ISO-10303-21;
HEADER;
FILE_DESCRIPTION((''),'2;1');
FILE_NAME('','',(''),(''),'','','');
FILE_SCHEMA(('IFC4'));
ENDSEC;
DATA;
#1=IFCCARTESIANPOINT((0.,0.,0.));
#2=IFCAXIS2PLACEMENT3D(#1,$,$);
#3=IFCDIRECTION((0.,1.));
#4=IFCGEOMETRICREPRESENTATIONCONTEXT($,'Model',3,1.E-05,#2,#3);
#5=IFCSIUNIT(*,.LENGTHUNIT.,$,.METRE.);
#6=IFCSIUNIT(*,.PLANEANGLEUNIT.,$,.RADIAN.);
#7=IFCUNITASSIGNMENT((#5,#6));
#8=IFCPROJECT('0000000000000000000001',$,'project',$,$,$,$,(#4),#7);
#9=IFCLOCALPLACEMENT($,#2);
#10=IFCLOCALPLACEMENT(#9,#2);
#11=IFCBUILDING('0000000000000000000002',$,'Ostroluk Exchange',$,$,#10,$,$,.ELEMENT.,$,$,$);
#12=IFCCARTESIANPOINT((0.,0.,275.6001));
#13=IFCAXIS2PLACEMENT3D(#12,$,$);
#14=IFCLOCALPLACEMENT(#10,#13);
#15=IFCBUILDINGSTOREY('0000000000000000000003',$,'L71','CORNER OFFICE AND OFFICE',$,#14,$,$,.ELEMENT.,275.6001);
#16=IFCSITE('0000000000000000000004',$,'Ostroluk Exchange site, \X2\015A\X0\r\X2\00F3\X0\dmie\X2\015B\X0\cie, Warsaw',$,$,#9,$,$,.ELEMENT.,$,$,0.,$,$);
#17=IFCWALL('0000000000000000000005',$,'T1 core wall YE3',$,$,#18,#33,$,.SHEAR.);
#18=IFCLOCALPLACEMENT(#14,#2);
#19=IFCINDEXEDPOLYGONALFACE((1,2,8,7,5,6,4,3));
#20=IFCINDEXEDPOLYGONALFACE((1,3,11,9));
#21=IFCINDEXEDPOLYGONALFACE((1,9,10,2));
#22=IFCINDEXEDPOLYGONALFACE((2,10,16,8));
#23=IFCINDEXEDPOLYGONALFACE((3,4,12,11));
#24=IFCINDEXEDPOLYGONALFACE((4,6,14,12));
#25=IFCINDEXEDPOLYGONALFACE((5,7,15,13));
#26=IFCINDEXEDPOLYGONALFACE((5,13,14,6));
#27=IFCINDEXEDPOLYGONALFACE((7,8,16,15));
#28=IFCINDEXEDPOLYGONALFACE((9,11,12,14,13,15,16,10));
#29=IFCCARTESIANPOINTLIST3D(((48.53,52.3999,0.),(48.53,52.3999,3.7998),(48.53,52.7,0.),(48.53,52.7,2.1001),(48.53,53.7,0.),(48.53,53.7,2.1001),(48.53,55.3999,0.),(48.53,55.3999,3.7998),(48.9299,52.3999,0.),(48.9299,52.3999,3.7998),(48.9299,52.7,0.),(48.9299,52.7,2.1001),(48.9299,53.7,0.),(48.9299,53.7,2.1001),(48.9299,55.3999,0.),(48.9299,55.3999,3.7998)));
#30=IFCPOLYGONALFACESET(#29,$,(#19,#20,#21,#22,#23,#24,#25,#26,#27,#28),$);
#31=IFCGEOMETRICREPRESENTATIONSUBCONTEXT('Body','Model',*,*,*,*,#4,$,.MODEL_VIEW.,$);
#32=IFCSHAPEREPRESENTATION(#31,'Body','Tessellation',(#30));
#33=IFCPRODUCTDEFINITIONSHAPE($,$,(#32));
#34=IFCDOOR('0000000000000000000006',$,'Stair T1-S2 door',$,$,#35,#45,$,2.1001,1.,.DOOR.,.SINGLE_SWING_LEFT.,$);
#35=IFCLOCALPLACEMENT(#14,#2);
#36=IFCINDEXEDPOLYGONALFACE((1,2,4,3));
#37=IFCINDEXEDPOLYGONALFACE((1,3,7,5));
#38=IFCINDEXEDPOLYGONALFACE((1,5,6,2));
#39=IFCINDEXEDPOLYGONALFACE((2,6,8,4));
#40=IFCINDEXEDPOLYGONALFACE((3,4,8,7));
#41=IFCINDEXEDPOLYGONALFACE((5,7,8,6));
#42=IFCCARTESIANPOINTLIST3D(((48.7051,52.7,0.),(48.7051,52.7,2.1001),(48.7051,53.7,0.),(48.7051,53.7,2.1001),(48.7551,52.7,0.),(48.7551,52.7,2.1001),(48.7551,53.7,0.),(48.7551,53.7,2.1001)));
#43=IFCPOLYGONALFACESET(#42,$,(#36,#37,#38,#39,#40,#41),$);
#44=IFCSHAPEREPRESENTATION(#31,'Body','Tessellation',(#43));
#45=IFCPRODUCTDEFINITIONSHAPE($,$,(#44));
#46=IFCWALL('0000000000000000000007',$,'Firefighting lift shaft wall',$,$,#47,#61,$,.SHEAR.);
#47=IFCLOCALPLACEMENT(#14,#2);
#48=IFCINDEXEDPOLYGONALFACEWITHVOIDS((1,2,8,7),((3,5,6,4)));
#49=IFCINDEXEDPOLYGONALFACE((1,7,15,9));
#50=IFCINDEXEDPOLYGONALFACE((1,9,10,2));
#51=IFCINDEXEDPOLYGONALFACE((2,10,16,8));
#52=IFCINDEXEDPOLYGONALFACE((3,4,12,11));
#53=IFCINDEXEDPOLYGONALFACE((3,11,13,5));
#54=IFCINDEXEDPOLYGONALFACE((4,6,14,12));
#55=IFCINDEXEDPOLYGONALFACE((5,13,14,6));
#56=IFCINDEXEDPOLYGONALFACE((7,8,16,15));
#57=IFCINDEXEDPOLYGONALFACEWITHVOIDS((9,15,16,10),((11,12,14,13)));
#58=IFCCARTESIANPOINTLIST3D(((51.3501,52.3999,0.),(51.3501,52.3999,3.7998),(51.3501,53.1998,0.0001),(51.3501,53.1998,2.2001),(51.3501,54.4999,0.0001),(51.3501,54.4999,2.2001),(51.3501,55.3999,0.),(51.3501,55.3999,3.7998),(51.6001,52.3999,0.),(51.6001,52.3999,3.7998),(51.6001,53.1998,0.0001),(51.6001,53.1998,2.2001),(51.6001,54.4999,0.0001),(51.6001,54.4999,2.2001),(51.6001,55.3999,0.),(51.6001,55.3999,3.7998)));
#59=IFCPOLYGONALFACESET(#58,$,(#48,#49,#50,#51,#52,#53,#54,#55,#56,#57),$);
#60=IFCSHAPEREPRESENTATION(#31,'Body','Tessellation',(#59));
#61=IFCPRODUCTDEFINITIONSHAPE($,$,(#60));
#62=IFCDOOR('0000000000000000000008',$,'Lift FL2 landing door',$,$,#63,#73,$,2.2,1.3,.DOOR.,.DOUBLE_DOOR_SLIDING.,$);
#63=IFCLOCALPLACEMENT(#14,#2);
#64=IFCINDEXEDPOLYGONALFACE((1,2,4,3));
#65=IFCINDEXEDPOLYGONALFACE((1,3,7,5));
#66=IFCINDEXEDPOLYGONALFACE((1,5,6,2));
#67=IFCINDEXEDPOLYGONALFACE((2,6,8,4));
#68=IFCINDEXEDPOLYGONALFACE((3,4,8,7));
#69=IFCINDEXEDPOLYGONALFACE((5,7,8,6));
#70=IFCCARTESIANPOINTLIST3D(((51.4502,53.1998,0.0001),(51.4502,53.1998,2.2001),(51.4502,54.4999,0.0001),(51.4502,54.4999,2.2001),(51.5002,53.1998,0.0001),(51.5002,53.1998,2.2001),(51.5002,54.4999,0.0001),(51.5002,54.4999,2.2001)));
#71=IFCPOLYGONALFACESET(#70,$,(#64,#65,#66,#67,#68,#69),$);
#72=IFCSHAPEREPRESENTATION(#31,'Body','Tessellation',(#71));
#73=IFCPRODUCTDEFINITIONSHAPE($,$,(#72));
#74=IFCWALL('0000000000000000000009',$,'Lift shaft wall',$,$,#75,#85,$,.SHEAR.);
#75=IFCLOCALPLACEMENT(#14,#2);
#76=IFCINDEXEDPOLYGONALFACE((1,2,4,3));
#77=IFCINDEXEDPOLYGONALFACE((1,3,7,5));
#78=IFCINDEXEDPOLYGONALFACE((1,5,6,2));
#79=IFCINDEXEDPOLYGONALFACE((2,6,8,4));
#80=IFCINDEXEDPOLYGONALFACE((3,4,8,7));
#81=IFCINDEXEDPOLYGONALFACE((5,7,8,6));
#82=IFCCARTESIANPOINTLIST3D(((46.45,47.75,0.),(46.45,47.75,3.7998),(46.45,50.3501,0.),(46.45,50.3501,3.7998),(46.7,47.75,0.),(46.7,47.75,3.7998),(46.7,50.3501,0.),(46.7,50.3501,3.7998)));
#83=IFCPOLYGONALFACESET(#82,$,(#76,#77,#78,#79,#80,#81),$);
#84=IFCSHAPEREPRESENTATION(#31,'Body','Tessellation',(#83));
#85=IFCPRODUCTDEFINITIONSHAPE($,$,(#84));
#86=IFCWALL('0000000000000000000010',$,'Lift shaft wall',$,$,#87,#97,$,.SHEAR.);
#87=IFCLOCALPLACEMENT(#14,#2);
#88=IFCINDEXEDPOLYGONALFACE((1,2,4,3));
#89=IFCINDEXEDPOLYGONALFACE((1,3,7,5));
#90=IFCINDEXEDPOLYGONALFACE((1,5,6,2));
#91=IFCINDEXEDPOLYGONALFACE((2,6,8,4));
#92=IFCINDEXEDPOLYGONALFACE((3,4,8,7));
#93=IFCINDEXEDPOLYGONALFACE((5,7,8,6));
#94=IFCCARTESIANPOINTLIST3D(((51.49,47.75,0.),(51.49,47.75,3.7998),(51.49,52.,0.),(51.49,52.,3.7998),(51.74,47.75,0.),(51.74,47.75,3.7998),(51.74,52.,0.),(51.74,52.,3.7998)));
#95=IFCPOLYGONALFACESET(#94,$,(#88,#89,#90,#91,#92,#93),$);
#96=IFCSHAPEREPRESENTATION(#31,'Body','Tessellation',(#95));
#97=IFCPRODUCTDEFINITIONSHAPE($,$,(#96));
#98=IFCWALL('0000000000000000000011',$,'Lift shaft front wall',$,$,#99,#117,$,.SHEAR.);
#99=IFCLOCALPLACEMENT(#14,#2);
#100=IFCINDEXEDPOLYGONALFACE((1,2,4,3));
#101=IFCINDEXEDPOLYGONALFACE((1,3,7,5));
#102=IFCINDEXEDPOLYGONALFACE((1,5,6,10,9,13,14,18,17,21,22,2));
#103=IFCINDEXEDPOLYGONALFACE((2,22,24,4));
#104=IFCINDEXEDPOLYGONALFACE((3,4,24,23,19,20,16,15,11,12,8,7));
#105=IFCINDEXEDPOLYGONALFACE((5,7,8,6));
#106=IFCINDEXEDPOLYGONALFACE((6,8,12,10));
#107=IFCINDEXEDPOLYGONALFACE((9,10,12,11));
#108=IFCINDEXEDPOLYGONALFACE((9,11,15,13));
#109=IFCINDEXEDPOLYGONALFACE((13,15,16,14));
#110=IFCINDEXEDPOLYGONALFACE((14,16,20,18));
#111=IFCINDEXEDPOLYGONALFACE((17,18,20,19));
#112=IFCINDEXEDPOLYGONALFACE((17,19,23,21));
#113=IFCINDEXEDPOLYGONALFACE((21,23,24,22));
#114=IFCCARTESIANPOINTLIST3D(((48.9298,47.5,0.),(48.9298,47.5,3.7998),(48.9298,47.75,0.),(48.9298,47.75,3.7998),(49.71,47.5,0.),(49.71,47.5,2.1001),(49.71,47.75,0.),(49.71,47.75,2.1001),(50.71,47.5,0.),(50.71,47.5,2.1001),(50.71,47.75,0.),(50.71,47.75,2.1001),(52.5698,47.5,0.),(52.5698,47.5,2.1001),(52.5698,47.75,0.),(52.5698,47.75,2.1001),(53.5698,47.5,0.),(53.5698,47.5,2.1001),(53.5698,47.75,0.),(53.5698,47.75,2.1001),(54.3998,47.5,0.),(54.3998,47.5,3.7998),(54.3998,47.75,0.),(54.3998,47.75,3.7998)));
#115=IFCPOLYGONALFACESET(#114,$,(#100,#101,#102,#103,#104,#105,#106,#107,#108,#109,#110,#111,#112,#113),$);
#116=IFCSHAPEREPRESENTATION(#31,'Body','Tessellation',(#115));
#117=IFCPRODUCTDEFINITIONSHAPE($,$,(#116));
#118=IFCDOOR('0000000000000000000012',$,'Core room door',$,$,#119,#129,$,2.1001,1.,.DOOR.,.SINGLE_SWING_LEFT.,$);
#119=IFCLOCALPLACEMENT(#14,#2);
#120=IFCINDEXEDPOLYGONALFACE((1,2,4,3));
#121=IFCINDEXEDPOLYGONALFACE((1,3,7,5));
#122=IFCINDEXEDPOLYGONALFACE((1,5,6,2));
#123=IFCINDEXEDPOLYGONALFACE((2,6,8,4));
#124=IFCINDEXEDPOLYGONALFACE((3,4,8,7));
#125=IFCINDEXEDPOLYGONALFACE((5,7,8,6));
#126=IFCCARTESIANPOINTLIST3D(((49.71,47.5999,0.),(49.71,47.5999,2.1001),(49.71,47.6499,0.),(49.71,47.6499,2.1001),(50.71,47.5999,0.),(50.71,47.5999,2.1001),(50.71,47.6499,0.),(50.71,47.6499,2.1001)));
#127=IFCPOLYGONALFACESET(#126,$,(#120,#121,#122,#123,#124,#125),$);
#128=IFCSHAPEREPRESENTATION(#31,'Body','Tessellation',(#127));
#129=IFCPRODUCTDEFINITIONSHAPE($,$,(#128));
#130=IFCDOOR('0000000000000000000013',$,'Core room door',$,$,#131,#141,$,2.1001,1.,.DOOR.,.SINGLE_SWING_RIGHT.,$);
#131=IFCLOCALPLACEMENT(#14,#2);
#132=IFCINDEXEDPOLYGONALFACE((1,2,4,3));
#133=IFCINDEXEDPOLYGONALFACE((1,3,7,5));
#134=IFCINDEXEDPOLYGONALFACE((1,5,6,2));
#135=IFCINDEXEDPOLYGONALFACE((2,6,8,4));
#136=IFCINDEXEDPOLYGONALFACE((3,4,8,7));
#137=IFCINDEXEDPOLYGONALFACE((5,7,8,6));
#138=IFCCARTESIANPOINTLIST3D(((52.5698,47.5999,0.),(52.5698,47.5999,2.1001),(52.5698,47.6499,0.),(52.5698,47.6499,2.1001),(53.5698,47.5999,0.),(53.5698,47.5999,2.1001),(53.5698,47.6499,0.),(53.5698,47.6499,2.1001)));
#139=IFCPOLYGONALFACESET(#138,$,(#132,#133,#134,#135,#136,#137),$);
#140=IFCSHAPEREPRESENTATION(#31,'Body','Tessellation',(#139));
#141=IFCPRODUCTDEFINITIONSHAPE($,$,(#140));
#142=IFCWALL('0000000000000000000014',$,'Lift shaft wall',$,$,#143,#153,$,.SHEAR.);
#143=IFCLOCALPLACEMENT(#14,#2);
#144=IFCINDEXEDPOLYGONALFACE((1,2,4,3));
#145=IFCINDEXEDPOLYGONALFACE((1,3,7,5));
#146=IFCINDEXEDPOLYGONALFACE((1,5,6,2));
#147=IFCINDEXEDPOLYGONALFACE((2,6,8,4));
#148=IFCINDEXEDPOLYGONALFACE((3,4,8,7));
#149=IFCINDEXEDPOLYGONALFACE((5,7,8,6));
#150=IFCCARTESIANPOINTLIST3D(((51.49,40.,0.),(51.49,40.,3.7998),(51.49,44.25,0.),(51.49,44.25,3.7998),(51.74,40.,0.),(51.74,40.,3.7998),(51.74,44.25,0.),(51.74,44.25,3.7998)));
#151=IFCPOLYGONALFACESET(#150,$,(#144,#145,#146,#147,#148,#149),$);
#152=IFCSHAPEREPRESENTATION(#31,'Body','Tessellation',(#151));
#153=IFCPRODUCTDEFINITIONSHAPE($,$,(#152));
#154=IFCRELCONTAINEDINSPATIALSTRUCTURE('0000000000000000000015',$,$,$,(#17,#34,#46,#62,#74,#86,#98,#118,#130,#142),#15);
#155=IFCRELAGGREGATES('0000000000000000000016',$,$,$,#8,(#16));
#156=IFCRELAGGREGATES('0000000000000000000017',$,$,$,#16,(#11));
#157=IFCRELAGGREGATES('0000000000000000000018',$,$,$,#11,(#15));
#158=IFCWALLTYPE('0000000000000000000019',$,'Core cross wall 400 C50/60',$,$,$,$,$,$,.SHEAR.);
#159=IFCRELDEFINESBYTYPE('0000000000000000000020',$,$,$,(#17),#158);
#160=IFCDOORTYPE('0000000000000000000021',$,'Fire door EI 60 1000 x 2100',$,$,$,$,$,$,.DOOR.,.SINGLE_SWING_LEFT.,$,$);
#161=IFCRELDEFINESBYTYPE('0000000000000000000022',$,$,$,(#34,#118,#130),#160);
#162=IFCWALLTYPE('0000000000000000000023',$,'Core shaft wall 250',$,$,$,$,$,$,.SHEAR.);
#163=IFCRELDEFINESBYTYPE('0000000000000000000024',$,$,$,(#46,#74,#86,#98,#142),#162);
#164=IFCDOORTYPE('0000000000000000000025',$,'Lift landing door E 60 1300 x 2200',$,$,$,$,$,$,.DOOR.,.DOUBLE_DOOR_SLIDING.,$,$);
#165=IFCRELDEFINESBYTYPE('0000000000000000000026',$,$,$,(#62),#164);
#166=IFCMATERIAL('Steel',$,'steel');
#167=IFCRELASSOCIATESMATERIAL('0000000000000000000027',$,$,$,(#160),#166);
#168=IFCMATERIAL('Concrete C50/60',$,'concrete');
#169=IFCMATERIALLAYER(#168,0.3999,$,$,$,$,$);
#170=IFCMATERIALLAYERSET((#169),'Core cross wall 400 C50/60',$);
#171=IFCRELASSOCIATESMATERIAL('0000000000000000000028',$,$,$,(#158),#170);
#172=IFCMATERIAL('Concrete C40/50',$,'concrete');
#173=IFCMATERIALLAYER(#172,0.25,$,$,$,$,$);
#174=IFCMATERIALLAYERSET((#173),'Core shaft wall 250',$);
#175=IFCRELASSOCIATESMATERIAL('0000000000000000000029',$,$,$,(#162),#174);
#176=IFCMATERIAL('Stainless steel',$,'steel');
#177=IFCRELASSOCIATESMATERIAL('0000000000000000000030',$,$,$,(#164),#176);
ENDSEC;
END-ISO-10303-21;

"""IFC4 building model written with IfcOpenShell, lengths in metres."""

from ifc_helpers import new_model, si_unit, direction, frame, frame_2d, origin, place, context, subcontext, project, spatial, rectangle, extrude, material, layer, layer_set, type_object, element, fill, save


model = new_model("IFC4")

# Units and contexts
model_context = context("Model", 3, precision=1e-05, world=origin(), true_north=direction((0.0, 1.0)))
body_context = subcontext(model_context, "Body", "Model", "MODEL_VIEW")
ifc_project = project(units=[si_unit("LENGTHUNIT", "METRE"), si_unit("PLANEANGLEUNIT", "RADIAN")], contexts=[model_context])

# Site, building, storey
site_placement = place(None, origin())
site = spatial("IfcSite", under=ifc_project, at=site_placement, Name="Ostroluk Exchange site, Śródmieście, Warsaw", CompositionType="ELEMENT", RefElevation=0.0)
building_placement = place(site_placement, origin())
building = spatial("IfcBuilding", under=site, at=building_placement, Name="Ostroluk Exchange", CompositionType="ELEMENT")
storey_placement = place(building_placement, frame((0.0, 0.0, 275.6001)))
storey = spatial("IfcBuildingStorey", under=building, at=storey_placement, Name="L71", Description="CORNER OFFICE AND OFFICE", CompositionType="ELEMENT", Elevation=275.6001)

# Walls, openings, doors
ifc_material_1 = material(Name="Steel", Category="steel")
door_type_1 = type_object("IfcDoorType", Name="Fire door EI 60 1000 x 2100", OperationType="SINGLE_SWING_LEFT", PredefinedType="DOOR", material=ifc_material_1)
ifc_material_2 = material(Name="Concrete C50/60", Category="concrete")
ifc_layer_1 = layer(ifc_material_2, 0.3999)
ifc_layer_set_1 = layer_set([ifc_layer_1], Name="Core cross wall 400 C50/60")
wall_type_1 = type_object("IfcWallType", Name="Core cross wall 400 C50/60", PredefinedType="SHEAR", material=ifc_layer_set_1)
wall_1_placement = place(storey_placement, frame((48.73, 52.3999, 0.0), z_axis=(0.0, 0.0, 1.0), x_axis=(0.0, 1.0, 0.0)))
wall_1 = element("IfcWall", 1, at=wall_1_placement, inside=storey, type_object=wall_type_1, Name="T1 core wall YE3", PredefinedType="SHEAR", context=body_context, shape_type="SweptSolid", body=[
    extrude(rectangle(XDim=3.0, YDim=0.3999, at=frame_2d((1.5, 0.0))), origin(), (0.0, 0.0, 1.0), 3.7998),
])
opening_1_placement = place(wall_1_placement, frame((0.3, 0.0, 0.0)))
opening_1 = element("IfcOpeningElement", 2, at=opening_1_placement, cuts=wall_1, PredefinedType="OPENING", context=body_context, shape_type="SweptSolid", body=[
    extrude(rectangle(XDim=1.0, YDim=2.1001, at=frame_2d((0.5, 1.05))), frame((0.0, 0.21, 0.0), z_axis=(0.0, -1.0, 0.0), x_axis=(1.0, 0.0, 0.0)), (0.0, 0.0, 1.0), 0.4199),
])
door_1_placement = place(opening_1_placement, origin())
door_1 = element("IfcDoor", 3, at=door_1_placement, inside=storey, type_object=door_type_1, Name="Stair T1-S2 door", OperationType="SINGLE_SWING_LEFT", OverallHeight=2.1001, OverallWidth=1.0, PredefinedType="DOOR", context=body_context, shape_type="SweptSolid", body=[
    extrude(rectangle(XDim=1.0, YDim=2.1001, at=frame_2d((0.5, 1.05))), frame((0.0, 0.0249, 0.0), z_axis=(0.0, -1.0, 0.0), x_axis=(1.0, 0.0, 0.0)), (0.0, 0.0, 1.0), 0.05),
])
fill(opening_1, door_1)
ifc_material_3 = material(Name="Concrete C40/50", Category="concrete")
ifc_layer_2 = layer(ifc_material_3, 0.25)
ifc_layer_set_2 = layer_set([ifc_layer_2], Name="Core shaft wall 250")
wall_type_2 = type_object("IfcWallType", Name="Core shaft wall 250", PredefinedType="SHEAR", material=ifc_layer_set_2)
wall_2_placement = place(storey_placement, frame((51.4751, 52.3999, 0.0), z_axis=(0.0, 0.0, 1.0), x_axis=(0.0, 1.0, 0.0)))
wall_2 = element("IfcWall", 4, at=wall_2_placement, inside=storey, type_object=wall_type_2, Name="Firefighting lift shaft wall", PredefinedType="SHEAR", context=body_context, shape_type="SweptSolid", body=[
    extrude(rectangle(XDim=3.0, YDim=0.25, at=frame_2d((1.5, 0.0))), origin(), (0.0, 0.0, 1.0), 3.7998),
])
opening_2_placement = place(wall_2_placement, frame((0.8, 0.0, 0.0)))
opening_2 = element("IfcOpeningElement", 5, at=opening_2_placement, cuts=wall_2, PredefinedType="OPENING", context=body_context, shape_type="SweptSolid", body=[
    extrude(rectangle(XDim=1.3, YDim=2.2, at=frame_2d((0.6499, 1.1001))), frame((0.0, 0.135, 0.0), z_axis=(0.0, -1.0, 0.0), x_axis=(1.0, 0.0, 0.0)), (0.0, 0.0, 1.0), 0.27),
])
ifc_material_4 = material(Name="Stainless steel", Category="steel")
door_type_2 = type_object("IfcDoorType", Name="Lift landing door E 60 1300 x 2200", OperationType="DOUBLE_DOOR_SLIDING", PredefinedType="DOOR", material=ifc_material_4)
door_2_placement = place(opening_2_placement, origin())
door_2 = element("IfcDoor", 6, at=door_2_placement, inside=storey, type_object=door_type_2, Name="Lift FL2 landing door", OperationType="DOUBLE_DOOR_SLIDING", OverallHeight=2.2, OverallWidth=1.3, PredefinedType="DOOR", context=body_context, shape_type="SweptSolid", body=[
    extrude(rectangle(XDim=1.3, YDim=2.2, at=frame_2d((0.6499, 1.1001))), frame((0.0, 0.0249, 0.0), z_axis=(0.0, -1.0, 0.0), x_axis=(1.0, 0.0, 0.0)), (0.0, 0.0, 1.0), 0.05),
])
fill(opening_2, door_2)

# Walls
wall_3_placement = place(storey_placement, frame((46.575, 47.75, 0.0), z_axis=(0.0, 0.0, 1.0), x_axis=(0.0, 1.0, 0.0)))
element("IfcWall", 7, at=wall_3_placement, inside=storey, type_object=wall_type_2, Name="Lift shaft wall", PredefinedType="SHEAR", context=body_context, shape_type="SweptSolid", body=[
    extrude(rectangle(XDim=2.6001, YDim=0.25, at=frame_2d((1.3, 0.0))), origin(), (0.0, 0.0, 1.0), 3.7998),
])
wall_4_placement = place(storey_placement, frame((51.615, 47.75, 0.0), z_axis=(0.0, 0.0, 1.0), x_axis=(0.0, 1.0, 0.0)))
element("IfcWall", 8, at=wall_4_placement, inside=storey, type_object=wall_type_2, Name="Lift shaft wall", PredefinedType="SHEAR", context=body_context, shape_type="SweptSolid", body=[
    extrude(rectangle(XDim=4.25, YDim=0.25, at=frame_2d((2.125, 0.0))), origin(), (0.0, 0.0, 1.0), 3.7998),
])

# Wall, openings, doors
wall_5_placement = place(storey_placement, frame((48.9299, 47.625, 0.0), z_axis=(0.0, 0.0, 1.0), x_axis=(1.0, 0.0, 0.0)))
wall_5 = element("IfcWall", 9, at=wall_5_placement, inside=storey, type_object=wall_type_2, Name="Lift shaft front wall", PredefinedType="SHEAR", context=body_context, shape_type="SweptSolid", body=[
    extrude(rectangle(XDim=5.47, YDim=0.25, at=frame_2d((2.7349, 0.0))), origin(), (0.0, 0.0, 1.0), 3.7998),
])
opening_3_placement = place(wall_5_placement, frame((0.78, 0.0, 0.0)))
opening_3 = element("IfcOpeningElement", 10, at=opening_3_placement, cuts=wall_5, PredefinedType="OPENING", context=body_context, shape_type="SweptSolid", body=[
    extrude(rectangle(XDim=1.0, YDim=2.1001, at=frame_2d((0.5, 1.05))), frame((0.0, 0.135, 0.0), z_axis=(0.0, -1.0, 0.0), x_axis=(1.0, 0.0, 0.0)), (0.0, 0.0, 1.0), 0.27),
])
opening_4_placement = place(wall_5_placement, frame((3.6399, 0.0, 0.0)))
opening_4 = element("IfcOpeningElement", 11, at=opening_4_placement, cuts=wall_5, PredefinedType="OPENING", context=body_context, shape_type="SweptSolid", body=[
    extrude(rectangle(XDim=1.0, YDim=2.1001, at=frame_2d((0.5, 1.05))), frame((0.0, 0.135, 0.0), z_axis=(0.0, -1.0, 0.0), x_axis=(1.0, 0.0, 0.0)), (0.0, 0.0, 1.0), 0.27),
])
door_3_placement = place(opening_3_placement, origin())
door_3 = element("IfcDoor", 12, at=door_3_placement, inside=storey, type_object=door_type_1, Name="Core room door", OperationType="SINGLE_SWING_LEFT", OverallHeight=2.1001, OverallWidth=1.0, PredefinedType="DOOR", context=body_context, shape_type="SweptSolid", body=[
    extrude(rectangle(XDim=1.0, YDim=2.1001, at=frame_2d((0.5, 1.05))), frame((0.0, 0.0249, 0.0), z_axis=(0.0, -1.0, 0.0), x_axis=(1.0, 0.0, 0.0)), (0.0, 0.0, 1.0), 0.05),
])
fill(opening_3, door_3)
door_4_placement = place(opening_4_placement, origin())
door_4 = element("IfcDoor", 13, at=door_4_placement, inside=storey, type_object=door_type_1, Name="Core room door", OperationType="SINGLE_SWING_RIGHT", OverallHeight=2.1001, OverallWidth=1.0, PredefinedType="DOOR", context=body_context, shape_type="SweptSolid", body=[
    extrude(rectangle(XDim=1.0, YDim=2.1001, at=frame_2d((0.5, 1.05))), frame((0.0, 0.0249, 0.0), z_axis=(0.0, -1.0, 0.0), x_axis=(1.0, 0.0, 0.0)), (0.0, 0.0, 1.0), 0.05),
])
fill(opening_4, door_4)

# Wall
wall_6_placement = place(storey_placement, frame((51.615, 44.25, 0.0), z_axis=(0.0, 0.0, 1.0), x_axis=(0.0, -1.0, 0.0)))
element("IfcWall", 14, at=wall_6_placement, inside=storey, type_object=wall_type_2, Name="Lift shaft wall", PredefinedType="SHEAR", context=body_context, shape_type="SweptSolid", body=[
    extrude(rectangle(XDim=4.25, YDim=0.25, at=frame_2d((2.125, 0.0))), origin(), (0.0, 0.0, 1.0), 3.7998),
])

save(model, "model.ifc")
